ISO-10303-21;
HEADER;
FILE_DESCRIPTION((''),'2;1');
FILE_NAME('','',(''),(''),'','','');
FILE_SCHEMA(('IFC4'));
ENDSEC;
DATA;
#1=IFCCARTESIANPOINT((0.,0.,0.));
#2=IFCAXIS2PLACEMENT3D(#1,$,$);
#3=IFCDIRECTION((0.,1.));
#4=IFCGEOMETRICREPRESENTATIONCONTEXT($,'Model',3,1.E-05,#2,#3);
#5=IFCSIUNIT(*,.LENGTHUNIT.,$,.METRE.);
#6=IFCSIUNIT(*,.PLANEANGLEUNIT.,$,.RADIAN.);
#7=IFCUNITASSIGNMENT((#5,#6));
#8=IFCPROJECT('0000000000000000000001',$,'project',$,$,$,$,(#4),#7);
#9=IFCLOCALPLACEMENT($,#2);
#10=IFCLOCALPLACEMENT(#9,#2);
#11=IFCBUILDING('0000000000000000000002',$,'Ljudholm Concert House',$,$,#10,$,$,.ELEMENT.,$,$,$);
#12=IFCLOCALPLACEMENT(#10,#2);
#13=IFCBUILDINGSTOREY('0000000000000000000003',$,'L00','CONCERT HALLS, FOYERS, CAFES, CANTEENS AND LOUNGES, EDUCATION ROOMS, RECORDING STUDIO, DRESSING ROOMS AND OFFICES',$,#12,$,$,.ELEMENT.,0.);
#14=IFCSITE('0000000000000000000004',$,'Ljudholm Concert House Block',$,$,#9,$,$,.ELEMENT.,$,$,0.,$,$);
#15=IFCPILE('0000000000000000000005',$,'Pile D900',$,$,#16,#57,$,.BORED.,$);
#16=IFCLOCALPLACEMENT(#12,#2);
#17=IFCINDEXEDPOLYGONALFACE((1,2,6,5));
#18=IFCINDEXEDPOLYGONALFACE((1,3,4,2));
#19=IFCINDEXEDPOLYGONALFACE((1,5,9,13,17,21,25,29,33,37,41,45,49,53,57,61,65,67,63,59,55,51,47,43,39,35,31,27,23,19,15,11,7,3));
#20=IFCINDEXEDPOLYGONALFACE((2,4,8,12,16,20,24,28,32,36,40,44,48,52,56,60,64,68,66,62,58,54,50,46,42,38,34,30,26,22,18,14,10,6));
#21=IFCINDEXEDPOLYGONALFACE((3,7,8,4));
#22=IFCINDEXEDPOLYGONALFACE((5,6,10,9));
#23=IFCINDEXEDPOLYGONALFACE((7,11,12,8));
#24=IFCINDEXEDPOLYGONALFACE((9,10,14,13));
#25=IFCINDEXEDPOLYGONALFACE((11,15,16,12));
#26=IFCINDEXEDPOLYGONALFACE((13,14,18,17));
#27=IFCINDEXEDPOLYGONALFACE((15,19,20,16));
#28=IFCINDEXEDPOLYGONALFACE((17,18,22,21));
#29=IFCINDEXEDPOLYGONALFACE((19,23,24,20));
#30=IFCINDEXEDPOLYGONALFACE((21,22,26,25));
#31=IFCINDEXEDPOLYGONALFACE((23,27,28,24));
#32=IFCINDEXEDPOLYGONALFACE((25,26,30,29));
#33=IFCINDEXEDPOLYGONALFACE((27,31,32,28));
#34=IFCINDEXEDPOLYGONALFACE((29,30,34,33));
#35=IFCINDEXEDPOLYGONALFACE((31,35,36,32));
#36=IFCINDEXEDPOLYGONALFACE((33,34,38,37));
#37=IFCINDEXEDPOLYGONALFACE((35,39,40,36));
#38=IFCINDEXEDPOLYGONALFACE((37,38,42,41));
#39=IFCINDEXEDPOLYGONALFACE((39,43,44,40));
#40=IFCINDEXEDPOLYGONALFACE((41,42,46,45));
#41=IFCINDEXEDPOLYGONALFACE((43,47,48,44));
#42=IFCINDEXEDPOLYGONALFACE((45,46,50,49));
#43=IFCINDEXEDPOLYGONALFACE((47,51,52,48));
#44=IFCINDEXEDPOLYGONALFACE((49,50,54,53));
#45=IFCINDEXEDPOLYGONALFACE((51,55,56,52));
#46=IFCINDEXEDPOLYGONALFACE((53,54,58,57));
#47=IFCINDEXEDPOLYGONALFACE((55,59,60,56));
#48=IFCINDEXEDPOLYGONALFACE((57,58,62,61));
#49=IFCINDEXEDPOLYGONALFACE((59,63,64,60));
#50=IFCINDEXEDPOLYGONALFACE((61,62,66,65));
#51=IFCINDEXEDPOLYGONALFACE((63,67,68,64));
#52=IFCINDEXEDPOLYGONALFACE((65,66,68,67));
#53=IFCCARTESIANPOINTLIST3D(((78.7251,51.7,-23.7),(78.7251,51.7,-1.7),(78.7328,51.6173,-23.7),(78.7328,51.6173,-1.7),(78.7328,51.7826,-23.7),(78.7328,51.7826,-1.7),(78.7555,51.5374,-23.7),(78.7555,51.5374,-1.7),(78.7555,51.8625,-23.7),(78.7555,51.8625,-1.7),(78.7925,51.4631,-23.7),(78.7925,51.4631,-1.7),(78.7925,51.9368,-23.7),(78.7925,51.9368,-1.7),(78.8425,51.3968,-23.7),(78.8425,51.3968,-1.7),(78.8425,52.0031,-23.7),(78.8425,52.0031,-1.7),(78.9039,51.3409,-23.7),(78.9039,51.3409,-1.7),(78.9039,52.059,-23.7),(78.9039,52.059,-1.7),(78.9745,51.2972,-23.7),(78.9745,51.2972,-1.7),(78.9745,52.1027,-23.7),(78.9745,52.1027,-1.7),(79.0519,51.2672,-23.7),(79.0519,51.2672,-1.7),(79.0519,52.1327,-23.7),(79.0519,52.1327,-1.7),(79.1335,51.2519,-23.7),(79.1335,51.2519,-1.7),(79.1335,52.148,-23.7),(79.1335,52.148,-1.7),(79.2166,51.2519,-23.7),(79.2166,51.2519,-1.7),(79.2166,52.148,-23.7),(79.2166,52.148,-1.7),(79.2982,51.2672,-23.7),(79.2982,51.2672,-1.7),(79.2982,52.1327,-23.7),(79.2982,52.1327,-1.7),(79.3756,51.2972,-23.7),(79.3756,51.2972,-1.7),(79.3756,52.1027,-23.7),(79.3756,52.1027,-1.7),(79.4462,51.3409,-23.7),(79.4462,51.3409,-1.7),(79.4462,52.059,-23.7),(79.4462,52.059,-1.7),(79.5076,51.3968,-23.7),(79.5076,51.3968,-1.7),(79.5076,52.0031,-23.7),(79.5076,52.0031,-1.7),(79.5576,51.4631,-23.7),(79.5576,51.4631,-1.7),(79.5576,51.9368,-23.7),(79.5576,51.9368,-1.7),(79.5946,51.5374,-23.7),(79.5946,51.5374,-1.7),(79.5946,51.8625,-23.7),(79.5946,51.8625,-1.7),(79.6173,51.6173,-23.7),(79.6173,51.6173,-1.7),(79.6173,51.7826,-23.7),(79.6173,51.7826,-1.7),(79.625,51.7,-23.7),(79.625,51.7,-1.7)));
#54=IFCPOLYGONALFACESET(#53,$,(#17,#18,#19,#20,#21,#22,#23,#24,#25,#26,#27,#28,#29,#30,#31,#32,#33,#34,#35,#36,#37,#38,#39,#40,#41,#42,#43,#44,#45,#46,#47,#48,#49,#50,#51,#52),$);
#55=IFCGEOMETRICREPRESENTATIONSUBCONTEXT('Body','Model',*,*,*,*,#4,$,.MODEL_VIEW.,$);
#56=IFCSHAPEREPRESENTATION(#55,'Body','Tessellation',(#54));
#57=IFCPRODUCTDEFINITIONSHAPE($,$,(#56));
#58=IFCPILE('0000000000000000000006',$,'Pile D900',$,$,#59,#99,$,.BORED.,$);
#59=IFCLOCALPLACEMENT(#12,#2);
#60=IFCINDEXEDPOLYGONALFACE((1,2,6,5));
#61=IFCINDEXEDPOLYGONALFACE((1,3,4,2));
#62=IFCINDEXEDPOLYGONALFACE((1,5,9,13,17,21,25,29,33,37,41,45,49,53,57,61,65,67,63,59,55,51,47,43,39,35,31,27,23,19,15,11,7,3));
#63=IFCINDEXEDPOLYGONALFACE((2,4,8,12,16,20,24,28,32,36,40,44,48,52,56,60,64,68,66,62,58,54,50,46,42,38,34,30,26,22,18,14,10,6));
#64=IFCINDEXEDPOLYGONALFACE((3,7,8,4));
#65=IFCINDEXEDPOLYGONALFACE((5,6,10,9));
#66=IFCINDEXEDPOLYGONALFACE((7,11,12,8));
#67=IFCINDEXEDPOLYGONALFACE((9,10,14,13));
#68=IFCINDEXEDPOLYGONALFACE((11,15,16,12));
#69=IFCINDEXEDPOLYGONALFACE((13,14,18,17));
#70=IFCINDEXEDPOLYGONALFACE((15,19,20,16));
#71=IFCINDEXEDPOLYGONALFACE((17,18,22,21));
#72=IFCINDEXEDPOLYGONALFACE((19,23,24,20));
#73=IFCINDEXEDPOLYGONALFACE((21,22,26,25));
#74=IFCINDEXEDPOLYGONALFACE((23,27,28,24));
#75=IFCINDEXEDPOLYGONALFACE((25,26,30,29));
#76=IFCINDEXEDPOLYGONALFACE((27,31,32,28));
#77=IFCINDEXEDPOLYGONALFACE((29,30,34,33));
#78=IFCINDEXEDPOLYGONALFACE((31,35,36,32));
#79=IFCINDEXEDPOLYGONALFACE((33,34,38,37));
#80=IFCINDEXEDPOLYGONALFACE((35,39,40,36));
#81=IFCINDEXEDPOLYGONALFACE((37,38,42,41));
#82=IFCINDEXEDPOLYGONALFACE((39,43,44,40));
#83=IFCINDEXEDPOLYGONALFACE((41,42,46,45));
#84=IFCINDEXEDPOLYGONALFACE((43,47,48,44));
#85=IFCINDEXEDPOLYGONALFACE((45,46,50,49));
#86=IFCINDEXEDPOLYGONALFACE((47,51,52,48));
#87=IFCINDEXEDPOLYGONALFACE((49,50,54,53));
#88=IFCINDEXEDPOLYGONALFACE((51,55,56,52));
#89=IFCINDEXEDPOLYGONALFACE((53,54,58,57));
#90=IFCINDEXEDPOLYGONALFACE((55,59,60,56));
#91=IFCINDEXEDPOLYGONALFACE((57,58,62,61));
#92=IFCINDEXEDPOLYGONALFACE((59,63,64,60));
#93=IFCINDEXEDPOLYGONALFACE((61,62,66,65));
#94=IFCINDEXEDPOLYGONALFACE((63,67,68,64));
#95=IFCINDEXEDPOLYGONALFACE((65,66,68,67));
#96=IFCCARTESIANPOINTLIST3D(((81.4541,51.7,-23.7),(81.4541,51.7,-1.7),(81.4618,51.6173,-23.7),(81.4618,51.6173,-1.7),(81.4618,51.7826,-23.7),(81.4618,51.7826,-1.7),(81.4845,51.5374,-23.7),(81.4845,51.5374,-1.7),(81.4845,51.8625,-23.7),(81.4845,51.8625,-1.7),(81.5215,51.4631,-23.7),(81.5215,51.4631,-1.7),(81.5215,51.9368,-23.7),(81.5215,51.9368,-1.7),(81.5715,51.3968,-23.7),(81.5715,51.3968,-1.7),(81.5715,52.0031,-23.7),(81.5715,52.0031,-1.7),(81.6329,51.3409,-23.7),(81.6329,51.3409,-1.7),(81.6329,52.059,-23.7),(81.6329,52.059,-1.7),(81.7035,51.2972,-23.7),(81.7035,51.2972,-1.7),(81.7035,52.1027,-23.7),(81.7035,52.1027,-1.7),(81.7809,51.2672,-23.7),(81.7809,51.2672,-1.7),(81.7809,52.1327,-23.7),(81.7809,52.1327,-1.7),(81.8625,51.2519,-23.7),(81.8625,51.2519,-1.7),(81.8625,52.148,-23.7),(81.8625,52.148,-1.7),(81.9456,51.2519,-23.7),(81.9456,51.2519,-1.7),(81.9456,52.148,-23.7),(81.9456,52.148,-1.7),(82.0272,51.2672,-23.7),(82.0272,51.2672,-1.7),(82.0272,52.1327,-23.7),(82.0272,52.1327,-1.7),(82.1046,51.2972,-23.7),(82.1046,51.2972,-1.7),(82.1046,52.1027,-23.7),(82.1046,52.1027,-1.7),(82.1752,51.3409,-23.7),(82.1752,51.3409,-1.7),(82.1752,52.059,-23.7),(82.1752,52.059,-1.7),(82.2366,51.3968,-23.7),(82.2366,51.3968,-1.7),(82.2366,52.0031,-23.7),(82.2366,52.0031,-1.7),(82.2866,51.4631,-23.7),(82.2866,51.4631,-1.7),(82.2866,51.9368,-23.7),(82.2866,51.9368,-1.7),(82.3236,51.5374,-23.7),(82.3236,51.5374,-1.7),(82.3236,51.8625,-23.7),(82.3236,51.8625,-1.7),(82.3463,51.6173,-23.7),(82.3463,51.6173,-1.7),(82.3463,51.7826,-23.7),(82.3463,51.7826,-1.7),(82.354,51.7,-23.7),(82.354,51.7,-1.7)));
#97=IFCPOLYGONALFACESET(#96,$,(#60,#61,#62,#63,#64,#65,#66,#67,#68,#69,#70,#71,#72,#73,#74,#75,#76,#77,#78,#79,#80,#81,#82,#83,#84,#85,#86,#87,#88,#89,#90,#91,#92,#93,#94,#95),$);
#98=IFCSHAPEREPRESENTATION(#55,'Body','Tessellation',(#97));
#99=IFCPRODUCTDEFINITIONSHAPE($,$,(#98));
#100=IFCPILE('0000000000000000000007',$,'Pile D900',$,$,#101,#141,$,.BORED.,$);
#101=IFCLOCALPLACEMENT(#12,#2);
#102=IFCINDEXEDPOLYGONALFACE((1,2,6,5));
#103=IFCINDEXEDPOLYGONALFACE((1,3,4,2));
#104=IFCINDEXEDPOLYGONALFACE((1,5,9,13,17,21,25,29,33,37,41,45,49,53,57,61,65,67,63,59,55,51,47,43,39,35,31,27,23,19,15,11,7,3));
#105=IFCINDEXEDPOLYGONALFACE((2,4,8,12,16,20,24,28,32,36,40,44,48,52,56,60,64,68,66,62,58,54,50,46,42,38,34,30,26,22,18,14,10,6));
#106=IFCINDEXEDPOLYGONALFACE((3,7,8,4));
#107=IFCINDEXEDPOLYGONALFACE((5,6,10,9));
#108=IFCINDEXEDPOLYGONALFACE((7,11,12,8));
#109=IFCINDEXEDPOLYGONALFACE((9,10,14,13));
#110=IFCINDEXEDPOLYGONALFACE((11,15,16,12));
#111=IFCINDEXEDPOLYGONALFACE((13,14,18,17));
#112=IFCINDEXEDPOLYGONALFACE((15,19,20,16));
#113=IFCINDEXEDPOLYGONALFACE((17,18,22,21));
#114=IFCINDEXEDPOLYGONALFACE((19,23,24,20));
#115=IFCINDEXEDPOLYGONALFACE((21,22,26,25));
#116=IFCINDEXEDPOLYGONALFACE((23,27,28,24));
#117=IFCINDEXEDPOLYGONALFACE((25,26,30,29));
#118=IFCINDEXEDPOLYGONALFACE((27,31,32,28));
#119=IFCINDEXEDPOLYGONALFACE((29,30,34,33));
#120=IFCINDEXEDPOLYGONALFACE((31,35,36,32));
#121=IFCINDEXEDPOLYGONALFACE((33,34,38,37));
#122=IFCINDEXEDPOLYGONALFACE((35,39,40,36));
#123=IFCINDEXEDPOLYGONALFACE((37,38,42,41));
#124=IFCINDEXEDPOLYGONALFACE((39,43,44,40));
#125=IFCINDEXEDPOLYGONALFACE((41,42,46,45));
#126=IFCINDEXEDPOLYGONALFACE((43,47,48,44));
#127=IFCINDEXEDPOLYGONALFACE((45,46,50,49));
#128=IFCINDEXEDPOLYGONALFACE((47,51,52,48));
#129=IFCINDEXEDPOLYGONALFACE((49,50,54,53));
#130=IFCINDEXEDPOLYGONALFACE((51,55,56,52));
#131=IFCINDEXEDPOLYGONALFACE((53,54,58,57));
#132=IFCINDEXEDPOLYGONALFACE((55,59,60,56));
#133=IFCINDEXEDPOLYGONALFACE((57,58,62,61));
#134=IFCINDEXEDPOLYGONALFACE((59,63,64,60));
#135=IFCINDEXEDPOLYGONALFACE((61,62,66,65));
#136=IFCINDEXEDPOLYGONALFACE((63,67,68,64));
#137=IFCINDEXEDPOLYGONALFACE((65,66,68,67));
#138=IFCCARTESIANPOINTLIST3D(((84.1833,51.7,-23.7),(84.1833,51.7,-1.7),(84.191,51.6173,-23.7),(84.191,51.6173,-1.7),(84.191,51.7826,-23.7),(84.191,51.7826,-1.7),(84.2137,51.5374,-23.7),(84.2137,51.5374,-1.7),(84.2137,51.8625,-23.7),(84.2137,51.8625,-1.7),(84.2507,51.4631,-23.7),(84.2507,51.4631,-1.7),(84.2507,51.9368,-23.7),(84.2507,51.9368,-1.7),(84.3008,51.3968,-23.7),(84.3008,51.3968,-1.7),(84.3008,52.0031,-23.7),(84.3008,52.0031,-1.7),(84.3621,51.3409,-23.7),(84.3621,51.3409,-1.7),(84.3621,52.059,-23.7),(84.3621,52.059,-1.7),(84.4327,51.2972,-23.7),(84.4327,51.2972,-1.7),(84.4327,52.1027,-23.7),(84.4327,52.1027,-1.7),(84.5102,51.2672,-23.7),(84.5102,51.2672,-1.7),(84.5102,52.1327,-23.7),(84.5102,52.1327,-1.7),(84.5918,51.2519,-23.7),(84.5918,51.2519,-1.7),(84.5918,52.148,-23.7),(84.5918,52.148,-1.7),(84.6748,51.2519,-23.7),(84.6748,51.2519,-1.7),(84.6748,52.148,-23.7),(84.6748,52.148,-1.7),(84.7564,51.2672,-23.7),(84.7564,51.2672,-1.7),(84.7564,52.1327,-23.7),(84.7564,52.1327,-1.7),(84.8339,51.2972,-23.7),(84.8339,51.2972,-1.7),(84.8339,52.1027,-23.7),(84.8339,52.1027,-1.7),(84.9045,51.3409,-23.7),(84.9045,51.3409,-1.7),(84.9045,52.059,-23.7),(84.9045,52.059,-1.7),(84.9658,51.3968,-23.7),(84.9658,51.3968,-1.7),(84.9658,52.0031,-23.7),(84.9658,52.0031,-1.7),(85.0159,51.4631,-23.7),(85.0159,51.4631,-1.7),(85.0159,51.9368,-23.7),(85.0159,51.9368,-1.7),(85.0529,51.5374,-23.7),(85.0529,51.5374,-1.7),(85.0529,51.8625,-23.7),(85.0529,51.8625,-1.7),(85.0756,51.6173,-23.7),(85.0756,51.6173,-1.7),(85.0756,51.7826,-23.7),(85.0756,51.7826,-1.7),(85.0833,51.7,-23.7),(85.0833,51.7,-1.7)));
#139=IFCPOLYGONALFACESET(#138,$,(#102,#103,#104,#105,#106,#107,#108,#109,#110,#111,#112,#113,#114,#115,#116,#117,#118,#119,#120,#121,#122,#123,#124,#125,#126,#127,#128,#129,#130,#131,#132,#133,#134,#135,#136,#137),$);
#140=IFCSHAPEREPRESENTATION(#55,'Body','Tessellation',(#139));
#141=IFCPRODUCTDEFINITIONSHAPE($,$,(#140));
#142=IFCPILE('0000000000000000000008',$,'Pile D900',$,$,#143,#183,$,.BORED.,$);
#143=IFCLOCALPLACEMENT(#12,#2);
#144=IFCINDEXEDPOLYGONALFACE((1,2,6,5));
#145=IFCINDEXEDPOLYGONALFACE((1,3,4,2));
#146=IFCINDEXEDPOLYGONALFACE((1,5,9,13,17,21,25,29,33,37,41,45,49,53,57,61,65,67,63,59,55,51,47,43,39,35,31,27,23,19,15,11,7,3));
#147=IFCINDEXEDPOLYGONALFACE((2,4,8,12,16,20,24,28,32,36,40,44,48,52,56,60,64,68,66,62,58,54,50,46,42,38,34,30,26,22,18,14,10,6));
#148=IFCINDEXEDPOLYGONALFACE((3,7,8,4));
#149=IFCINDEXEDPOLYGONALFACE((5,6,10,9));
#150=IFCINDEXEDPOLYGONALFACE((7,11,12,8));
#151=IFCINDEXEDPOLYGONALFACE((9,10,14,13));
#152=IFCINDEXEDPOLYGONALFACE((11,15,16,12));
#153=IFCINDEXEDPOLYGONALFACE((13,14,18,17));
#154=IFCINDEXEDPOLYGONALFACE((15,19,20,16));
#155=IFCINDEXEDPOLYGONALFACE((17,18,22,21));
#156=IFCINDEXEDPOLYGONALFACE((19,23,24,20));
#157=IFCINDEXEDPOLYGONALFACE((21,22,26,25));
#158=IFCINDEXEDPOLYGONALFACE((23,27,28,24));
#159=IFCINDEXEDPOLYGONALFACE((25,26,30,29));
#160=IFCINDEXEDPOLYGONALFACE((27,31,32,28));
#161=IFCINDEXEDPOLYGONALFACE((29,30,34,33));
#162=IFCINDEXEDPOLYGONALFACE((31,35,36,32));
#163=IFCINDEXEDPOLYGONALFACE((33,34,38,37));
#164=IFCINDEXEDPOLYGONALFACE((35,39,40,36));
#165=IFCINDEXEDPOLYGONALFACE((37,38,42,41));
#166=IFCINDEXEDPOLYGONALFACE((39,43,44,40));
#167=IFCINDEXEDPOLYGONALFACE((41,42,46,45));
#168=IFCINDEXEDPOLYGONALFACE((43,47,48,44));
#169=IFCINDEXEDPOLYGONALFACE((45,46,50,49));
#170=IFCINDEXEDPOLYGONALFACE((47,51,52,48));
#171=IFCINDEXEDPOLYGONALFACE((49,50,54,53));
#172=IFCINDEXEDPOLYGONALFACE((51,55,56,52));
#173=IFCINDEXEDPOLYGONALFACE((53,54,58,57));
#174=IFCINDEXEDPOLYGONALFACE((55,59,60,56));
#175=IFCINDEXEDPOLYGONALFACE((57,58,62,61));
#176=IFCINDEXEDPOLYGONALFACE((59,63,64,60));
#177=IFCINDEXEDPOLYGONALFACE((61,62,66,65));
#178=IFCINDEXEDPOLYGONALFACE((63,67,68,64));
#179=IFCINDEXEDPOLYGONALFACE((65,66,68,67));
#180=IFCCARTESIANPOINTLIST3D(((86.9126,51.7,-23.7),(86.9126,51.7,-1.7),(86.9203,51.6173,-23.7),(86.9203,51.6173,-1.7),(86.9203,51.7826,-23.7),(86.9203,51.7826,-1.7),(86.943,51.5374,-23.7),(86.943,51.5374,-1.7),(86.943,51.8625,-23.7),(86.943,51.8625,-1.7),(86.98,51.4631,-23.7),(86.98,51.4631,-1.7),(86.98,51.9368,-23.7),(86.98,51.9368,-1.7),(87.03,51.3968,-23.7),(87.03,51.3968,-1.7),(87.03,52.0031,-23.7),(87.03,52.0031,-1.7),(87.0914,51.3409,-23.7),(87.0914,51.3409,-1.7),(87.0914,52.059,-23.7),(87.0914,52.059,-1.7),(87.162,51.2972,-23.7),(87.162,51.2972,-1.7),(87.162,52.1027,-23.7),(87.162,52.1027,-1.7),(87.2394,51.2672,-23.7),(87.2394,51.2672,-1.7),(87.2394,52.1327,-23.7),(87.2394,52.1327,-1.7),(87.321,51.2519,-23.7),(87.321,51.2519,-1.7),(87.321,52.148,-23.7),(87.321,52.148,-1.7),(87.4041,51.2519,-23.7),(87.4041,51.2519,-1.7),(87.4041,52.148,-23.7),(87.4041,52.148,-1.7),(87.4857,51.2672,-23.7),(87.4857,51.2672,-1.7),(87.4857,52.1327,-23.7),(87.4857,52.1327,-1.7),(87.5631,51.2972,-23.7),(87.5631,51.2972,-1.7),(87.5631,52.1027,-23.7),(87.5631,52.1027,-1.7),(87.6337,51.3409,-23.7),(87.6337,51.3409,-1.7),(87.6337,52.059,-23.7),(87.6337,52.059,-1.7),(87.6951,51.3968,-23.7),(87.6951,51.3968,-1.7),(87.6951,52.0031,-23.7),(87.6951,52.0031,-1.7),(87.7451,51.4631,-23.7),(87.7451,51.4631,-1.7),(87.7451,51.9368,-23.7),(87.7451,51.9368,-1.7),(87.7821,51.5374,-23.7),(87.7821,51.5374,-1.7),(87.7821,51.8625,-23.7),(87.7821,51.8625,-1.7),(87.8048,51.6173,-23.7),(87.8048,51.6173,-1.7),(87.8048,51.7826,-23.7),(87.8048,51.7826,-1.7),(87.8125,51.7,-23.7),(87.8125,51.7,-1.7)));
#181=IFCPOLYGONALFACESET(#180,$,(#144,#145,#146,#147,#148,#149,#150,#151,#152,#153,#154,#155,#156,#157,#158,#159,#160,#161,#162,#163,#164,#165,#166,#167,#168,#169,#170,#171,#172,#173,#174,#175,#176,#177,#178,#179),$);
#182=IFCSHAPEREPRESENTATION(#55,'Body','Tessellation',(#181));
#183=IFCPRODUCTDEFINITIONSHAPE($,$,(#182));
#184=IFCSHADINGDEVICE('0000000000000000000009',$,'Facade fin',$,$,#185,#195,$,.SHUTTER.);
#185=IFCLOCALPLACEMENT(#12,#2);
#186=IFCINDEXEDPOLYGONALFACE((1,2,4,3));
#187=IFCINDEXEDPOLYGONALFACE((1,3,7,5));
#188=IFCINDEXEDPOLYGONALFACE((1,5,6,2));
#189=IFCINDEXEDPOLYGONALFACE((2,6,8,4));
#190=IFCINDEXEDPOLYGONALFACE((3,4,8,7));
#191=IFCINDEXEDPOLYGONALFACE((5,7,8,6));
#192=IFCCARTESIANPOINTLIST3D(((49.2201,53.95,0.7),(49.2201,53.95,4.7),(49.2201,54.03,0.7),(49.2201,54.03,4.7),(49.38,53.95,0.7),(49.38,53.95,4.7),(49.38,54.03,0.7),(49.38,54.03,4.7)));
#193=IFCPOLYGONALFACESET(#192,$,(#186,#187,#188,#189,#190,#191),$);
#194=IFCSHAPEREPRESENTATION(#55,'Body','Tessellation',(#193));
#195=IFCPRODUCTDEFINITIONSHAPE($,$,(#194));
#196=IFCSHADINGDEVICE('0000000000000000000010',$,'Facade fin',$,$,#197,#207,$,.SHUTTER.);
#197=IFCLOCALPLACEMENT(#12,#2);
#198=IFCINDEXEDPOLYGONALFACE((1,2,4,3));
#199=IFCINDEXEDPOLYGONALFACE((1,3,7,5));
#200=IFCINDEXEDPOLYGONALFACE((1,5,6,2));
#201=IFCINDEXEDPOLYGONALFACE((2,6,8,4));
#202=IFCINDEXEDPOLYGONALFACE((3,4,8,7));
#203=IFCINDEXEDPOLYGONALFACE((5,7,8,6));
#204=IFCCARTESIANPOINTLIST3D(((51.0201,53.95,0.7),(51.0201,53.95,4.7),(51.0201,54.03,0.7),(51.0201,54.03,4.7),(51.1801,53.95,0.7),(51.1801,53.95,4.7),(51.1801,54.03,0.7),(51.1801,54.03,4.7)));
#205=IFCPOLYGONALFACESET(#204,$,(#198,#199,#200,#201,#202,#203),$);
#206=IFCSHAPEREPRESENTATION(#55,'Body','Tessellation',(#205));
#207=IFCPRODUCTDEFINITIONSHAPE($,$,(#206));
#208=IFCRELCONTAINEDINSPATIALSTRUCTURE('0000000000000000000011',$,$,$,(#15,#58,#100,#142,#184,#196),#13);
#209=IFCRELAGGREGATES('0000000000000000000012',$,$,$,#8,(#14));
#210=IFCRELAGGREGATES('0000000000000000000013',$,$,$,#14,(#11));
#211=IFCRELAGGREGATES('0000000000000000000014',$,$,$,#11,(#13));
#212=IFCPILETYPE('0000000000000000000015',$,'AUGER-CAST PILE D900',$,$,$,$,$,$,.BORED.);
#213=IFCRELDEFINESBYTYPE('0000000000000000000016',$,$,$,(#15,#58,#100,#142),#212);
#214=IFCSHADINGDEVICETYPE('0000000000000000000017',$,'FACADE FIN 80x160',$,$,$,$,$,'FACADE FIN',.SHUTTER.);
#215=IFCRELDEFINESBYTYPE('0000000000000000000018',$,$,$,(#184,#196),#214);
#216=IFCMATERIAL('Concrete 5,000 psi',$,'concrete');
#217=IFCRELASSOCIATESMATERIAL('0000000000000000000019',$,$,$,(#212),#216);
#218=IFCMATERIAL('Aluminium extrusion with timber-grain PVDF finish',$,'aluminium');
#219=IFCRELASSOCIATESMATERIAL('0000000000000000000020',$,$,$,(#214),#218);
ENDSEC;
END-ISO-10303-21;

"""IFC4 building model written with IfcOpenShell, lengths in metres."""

from ifc_helpers import new_model, si_unit, direction, frame, origin, origin_2d, place, context, subcontext, project, spatial, rectangle, circle, extrude, material, material_profile, profile_set, type_object, element, save


model = new_model("IFC4")

# Units and contexts
model_context = context("Model", 3, precision=1e-05, world=origin(), true_north=direction((0.0, 1.0)))
body_context = subcontext(model_context, "Body", "Model", "MODEL_VIEW")
ifc_project = project(units=[si_unit("LENGTHUNIT", "METRE"), si_unit("PLANEANGLEUNIT", "RADIAN")], contexts=[model_context])

# Site, building, storey
site_placement = place(None, origin())
site = spatial("IfcSite", under=ifc_project, at=site_placement, Name="Ljudholm Concert House Block", CompositionType="ELEMENT", RefElevation=0.0)
building_placement = place(site_placement, origin())
building = spatial("IfcBuilding", under=site, at=building_placement, Name="Ljudholm Concert House", CompositionType="ELEMENT")
storey_placement = place(building_placement, origin())
storey = spatial("IfcBuildingStorey", under=building, at=storey_placement, Name="L00", Description="CONCERT HALLS, FOYERS, CAFES, CANTEENS AND LOUNGES, EDUCATION ROOMS, RECORDING STUDIO, DRESSING ROOMS AND OFFICES", CompositionType="ELEMENT", Elevation=0.0)

# Piles
ifc_material_1 = material(Name="Concrete 5,000 psi", Category="concrete")
ifc_material_profile = material_profile(ifc_material_1, circle(Radius=0.45, at=origin_2d()), Name="AUGER-CAST PILE D900")
ifc_profile_set = profile_set([ifc_material_profile], Name="Concrete 5,000 psi")
pile_type = type_object("IfcPileType", Name="AUGER-CAST PILE D900", PredefinedType="BORED", material=ifc_profile_set)
for number, where, z_axis, x_axis, name in (
    (1, (79.175, 51.7, -1.7), (0.0, 0.0, -1.0), (1.0, 0.0, 0.0), "Pile D900"),
    (2, (81.9041, 51.7, -1.7), (0.0, 0.0, -1.0), (1.0, 0.0, 0.0), "Pile D900"),
    (3, (84.6333, 51.7, -1.7), (0.0, 0.0, -1.0), (1.0, 0.0, 0.0), "Pile D900"),
    (4, (87.3625, 51.7, -1.7), (0.0, 0.0, -1.0), (1.0, 0.0, 0.0), "Pile D900"),
):
    element("IfcPile", number, at=place(storey_placement, frame(where, z_axis=z_axis, x_axis=x_axis)), inside=storey, type_object=pile_type, Name=name, PredefinedType="BORED", context=body_context, shape_type="SweptSolid", body=[
        extrude(circle(Radius=0.45, at=origin_2d()), origin(), (0.0, 0.0, 1.0), 22.0),
    ])

# Shading devices
ifc_material_2 = material(Name="Aluminium extrusion with timber-grain PVDF finish", Category="aluminium")
shading_device_type = type_object("IfcShadingDeviceType", Name="FACADE FIN 80x160", ElementType="FACADE FIN", PredefinedType="SHUTTER", material=ifc_material_2)
for number, where, z_axis, x_axis, name in (
    (5, (49.3, 53.99, 0.7), (0.0, 0.0, 1.0), (0.0, -1.0, 0.0), "Facade fin"),
    (6, (51.1001, 53.99, 0.7), (0.0, 0.0, 1.0), (0.0, -1.0, 0.0), "Facade fin"),
):
    element("IfcShadingDevice", number, at=place(storey_placement, frame(where, z_axis=z_axis, x_axis=x_axis)), inside=storey, type_object=shading_device_type, Name=name, PredefinedType="SHUTTER", context=body_context, shape_type="SweptSolid", body=[
        extrude(rectangle(XDim=0.0801, YDim=0.1599, at=origin_2d()), origin(), (0.0, 0.0, 1.0), 4.0),
    ])

save(model, "model.ifc")
